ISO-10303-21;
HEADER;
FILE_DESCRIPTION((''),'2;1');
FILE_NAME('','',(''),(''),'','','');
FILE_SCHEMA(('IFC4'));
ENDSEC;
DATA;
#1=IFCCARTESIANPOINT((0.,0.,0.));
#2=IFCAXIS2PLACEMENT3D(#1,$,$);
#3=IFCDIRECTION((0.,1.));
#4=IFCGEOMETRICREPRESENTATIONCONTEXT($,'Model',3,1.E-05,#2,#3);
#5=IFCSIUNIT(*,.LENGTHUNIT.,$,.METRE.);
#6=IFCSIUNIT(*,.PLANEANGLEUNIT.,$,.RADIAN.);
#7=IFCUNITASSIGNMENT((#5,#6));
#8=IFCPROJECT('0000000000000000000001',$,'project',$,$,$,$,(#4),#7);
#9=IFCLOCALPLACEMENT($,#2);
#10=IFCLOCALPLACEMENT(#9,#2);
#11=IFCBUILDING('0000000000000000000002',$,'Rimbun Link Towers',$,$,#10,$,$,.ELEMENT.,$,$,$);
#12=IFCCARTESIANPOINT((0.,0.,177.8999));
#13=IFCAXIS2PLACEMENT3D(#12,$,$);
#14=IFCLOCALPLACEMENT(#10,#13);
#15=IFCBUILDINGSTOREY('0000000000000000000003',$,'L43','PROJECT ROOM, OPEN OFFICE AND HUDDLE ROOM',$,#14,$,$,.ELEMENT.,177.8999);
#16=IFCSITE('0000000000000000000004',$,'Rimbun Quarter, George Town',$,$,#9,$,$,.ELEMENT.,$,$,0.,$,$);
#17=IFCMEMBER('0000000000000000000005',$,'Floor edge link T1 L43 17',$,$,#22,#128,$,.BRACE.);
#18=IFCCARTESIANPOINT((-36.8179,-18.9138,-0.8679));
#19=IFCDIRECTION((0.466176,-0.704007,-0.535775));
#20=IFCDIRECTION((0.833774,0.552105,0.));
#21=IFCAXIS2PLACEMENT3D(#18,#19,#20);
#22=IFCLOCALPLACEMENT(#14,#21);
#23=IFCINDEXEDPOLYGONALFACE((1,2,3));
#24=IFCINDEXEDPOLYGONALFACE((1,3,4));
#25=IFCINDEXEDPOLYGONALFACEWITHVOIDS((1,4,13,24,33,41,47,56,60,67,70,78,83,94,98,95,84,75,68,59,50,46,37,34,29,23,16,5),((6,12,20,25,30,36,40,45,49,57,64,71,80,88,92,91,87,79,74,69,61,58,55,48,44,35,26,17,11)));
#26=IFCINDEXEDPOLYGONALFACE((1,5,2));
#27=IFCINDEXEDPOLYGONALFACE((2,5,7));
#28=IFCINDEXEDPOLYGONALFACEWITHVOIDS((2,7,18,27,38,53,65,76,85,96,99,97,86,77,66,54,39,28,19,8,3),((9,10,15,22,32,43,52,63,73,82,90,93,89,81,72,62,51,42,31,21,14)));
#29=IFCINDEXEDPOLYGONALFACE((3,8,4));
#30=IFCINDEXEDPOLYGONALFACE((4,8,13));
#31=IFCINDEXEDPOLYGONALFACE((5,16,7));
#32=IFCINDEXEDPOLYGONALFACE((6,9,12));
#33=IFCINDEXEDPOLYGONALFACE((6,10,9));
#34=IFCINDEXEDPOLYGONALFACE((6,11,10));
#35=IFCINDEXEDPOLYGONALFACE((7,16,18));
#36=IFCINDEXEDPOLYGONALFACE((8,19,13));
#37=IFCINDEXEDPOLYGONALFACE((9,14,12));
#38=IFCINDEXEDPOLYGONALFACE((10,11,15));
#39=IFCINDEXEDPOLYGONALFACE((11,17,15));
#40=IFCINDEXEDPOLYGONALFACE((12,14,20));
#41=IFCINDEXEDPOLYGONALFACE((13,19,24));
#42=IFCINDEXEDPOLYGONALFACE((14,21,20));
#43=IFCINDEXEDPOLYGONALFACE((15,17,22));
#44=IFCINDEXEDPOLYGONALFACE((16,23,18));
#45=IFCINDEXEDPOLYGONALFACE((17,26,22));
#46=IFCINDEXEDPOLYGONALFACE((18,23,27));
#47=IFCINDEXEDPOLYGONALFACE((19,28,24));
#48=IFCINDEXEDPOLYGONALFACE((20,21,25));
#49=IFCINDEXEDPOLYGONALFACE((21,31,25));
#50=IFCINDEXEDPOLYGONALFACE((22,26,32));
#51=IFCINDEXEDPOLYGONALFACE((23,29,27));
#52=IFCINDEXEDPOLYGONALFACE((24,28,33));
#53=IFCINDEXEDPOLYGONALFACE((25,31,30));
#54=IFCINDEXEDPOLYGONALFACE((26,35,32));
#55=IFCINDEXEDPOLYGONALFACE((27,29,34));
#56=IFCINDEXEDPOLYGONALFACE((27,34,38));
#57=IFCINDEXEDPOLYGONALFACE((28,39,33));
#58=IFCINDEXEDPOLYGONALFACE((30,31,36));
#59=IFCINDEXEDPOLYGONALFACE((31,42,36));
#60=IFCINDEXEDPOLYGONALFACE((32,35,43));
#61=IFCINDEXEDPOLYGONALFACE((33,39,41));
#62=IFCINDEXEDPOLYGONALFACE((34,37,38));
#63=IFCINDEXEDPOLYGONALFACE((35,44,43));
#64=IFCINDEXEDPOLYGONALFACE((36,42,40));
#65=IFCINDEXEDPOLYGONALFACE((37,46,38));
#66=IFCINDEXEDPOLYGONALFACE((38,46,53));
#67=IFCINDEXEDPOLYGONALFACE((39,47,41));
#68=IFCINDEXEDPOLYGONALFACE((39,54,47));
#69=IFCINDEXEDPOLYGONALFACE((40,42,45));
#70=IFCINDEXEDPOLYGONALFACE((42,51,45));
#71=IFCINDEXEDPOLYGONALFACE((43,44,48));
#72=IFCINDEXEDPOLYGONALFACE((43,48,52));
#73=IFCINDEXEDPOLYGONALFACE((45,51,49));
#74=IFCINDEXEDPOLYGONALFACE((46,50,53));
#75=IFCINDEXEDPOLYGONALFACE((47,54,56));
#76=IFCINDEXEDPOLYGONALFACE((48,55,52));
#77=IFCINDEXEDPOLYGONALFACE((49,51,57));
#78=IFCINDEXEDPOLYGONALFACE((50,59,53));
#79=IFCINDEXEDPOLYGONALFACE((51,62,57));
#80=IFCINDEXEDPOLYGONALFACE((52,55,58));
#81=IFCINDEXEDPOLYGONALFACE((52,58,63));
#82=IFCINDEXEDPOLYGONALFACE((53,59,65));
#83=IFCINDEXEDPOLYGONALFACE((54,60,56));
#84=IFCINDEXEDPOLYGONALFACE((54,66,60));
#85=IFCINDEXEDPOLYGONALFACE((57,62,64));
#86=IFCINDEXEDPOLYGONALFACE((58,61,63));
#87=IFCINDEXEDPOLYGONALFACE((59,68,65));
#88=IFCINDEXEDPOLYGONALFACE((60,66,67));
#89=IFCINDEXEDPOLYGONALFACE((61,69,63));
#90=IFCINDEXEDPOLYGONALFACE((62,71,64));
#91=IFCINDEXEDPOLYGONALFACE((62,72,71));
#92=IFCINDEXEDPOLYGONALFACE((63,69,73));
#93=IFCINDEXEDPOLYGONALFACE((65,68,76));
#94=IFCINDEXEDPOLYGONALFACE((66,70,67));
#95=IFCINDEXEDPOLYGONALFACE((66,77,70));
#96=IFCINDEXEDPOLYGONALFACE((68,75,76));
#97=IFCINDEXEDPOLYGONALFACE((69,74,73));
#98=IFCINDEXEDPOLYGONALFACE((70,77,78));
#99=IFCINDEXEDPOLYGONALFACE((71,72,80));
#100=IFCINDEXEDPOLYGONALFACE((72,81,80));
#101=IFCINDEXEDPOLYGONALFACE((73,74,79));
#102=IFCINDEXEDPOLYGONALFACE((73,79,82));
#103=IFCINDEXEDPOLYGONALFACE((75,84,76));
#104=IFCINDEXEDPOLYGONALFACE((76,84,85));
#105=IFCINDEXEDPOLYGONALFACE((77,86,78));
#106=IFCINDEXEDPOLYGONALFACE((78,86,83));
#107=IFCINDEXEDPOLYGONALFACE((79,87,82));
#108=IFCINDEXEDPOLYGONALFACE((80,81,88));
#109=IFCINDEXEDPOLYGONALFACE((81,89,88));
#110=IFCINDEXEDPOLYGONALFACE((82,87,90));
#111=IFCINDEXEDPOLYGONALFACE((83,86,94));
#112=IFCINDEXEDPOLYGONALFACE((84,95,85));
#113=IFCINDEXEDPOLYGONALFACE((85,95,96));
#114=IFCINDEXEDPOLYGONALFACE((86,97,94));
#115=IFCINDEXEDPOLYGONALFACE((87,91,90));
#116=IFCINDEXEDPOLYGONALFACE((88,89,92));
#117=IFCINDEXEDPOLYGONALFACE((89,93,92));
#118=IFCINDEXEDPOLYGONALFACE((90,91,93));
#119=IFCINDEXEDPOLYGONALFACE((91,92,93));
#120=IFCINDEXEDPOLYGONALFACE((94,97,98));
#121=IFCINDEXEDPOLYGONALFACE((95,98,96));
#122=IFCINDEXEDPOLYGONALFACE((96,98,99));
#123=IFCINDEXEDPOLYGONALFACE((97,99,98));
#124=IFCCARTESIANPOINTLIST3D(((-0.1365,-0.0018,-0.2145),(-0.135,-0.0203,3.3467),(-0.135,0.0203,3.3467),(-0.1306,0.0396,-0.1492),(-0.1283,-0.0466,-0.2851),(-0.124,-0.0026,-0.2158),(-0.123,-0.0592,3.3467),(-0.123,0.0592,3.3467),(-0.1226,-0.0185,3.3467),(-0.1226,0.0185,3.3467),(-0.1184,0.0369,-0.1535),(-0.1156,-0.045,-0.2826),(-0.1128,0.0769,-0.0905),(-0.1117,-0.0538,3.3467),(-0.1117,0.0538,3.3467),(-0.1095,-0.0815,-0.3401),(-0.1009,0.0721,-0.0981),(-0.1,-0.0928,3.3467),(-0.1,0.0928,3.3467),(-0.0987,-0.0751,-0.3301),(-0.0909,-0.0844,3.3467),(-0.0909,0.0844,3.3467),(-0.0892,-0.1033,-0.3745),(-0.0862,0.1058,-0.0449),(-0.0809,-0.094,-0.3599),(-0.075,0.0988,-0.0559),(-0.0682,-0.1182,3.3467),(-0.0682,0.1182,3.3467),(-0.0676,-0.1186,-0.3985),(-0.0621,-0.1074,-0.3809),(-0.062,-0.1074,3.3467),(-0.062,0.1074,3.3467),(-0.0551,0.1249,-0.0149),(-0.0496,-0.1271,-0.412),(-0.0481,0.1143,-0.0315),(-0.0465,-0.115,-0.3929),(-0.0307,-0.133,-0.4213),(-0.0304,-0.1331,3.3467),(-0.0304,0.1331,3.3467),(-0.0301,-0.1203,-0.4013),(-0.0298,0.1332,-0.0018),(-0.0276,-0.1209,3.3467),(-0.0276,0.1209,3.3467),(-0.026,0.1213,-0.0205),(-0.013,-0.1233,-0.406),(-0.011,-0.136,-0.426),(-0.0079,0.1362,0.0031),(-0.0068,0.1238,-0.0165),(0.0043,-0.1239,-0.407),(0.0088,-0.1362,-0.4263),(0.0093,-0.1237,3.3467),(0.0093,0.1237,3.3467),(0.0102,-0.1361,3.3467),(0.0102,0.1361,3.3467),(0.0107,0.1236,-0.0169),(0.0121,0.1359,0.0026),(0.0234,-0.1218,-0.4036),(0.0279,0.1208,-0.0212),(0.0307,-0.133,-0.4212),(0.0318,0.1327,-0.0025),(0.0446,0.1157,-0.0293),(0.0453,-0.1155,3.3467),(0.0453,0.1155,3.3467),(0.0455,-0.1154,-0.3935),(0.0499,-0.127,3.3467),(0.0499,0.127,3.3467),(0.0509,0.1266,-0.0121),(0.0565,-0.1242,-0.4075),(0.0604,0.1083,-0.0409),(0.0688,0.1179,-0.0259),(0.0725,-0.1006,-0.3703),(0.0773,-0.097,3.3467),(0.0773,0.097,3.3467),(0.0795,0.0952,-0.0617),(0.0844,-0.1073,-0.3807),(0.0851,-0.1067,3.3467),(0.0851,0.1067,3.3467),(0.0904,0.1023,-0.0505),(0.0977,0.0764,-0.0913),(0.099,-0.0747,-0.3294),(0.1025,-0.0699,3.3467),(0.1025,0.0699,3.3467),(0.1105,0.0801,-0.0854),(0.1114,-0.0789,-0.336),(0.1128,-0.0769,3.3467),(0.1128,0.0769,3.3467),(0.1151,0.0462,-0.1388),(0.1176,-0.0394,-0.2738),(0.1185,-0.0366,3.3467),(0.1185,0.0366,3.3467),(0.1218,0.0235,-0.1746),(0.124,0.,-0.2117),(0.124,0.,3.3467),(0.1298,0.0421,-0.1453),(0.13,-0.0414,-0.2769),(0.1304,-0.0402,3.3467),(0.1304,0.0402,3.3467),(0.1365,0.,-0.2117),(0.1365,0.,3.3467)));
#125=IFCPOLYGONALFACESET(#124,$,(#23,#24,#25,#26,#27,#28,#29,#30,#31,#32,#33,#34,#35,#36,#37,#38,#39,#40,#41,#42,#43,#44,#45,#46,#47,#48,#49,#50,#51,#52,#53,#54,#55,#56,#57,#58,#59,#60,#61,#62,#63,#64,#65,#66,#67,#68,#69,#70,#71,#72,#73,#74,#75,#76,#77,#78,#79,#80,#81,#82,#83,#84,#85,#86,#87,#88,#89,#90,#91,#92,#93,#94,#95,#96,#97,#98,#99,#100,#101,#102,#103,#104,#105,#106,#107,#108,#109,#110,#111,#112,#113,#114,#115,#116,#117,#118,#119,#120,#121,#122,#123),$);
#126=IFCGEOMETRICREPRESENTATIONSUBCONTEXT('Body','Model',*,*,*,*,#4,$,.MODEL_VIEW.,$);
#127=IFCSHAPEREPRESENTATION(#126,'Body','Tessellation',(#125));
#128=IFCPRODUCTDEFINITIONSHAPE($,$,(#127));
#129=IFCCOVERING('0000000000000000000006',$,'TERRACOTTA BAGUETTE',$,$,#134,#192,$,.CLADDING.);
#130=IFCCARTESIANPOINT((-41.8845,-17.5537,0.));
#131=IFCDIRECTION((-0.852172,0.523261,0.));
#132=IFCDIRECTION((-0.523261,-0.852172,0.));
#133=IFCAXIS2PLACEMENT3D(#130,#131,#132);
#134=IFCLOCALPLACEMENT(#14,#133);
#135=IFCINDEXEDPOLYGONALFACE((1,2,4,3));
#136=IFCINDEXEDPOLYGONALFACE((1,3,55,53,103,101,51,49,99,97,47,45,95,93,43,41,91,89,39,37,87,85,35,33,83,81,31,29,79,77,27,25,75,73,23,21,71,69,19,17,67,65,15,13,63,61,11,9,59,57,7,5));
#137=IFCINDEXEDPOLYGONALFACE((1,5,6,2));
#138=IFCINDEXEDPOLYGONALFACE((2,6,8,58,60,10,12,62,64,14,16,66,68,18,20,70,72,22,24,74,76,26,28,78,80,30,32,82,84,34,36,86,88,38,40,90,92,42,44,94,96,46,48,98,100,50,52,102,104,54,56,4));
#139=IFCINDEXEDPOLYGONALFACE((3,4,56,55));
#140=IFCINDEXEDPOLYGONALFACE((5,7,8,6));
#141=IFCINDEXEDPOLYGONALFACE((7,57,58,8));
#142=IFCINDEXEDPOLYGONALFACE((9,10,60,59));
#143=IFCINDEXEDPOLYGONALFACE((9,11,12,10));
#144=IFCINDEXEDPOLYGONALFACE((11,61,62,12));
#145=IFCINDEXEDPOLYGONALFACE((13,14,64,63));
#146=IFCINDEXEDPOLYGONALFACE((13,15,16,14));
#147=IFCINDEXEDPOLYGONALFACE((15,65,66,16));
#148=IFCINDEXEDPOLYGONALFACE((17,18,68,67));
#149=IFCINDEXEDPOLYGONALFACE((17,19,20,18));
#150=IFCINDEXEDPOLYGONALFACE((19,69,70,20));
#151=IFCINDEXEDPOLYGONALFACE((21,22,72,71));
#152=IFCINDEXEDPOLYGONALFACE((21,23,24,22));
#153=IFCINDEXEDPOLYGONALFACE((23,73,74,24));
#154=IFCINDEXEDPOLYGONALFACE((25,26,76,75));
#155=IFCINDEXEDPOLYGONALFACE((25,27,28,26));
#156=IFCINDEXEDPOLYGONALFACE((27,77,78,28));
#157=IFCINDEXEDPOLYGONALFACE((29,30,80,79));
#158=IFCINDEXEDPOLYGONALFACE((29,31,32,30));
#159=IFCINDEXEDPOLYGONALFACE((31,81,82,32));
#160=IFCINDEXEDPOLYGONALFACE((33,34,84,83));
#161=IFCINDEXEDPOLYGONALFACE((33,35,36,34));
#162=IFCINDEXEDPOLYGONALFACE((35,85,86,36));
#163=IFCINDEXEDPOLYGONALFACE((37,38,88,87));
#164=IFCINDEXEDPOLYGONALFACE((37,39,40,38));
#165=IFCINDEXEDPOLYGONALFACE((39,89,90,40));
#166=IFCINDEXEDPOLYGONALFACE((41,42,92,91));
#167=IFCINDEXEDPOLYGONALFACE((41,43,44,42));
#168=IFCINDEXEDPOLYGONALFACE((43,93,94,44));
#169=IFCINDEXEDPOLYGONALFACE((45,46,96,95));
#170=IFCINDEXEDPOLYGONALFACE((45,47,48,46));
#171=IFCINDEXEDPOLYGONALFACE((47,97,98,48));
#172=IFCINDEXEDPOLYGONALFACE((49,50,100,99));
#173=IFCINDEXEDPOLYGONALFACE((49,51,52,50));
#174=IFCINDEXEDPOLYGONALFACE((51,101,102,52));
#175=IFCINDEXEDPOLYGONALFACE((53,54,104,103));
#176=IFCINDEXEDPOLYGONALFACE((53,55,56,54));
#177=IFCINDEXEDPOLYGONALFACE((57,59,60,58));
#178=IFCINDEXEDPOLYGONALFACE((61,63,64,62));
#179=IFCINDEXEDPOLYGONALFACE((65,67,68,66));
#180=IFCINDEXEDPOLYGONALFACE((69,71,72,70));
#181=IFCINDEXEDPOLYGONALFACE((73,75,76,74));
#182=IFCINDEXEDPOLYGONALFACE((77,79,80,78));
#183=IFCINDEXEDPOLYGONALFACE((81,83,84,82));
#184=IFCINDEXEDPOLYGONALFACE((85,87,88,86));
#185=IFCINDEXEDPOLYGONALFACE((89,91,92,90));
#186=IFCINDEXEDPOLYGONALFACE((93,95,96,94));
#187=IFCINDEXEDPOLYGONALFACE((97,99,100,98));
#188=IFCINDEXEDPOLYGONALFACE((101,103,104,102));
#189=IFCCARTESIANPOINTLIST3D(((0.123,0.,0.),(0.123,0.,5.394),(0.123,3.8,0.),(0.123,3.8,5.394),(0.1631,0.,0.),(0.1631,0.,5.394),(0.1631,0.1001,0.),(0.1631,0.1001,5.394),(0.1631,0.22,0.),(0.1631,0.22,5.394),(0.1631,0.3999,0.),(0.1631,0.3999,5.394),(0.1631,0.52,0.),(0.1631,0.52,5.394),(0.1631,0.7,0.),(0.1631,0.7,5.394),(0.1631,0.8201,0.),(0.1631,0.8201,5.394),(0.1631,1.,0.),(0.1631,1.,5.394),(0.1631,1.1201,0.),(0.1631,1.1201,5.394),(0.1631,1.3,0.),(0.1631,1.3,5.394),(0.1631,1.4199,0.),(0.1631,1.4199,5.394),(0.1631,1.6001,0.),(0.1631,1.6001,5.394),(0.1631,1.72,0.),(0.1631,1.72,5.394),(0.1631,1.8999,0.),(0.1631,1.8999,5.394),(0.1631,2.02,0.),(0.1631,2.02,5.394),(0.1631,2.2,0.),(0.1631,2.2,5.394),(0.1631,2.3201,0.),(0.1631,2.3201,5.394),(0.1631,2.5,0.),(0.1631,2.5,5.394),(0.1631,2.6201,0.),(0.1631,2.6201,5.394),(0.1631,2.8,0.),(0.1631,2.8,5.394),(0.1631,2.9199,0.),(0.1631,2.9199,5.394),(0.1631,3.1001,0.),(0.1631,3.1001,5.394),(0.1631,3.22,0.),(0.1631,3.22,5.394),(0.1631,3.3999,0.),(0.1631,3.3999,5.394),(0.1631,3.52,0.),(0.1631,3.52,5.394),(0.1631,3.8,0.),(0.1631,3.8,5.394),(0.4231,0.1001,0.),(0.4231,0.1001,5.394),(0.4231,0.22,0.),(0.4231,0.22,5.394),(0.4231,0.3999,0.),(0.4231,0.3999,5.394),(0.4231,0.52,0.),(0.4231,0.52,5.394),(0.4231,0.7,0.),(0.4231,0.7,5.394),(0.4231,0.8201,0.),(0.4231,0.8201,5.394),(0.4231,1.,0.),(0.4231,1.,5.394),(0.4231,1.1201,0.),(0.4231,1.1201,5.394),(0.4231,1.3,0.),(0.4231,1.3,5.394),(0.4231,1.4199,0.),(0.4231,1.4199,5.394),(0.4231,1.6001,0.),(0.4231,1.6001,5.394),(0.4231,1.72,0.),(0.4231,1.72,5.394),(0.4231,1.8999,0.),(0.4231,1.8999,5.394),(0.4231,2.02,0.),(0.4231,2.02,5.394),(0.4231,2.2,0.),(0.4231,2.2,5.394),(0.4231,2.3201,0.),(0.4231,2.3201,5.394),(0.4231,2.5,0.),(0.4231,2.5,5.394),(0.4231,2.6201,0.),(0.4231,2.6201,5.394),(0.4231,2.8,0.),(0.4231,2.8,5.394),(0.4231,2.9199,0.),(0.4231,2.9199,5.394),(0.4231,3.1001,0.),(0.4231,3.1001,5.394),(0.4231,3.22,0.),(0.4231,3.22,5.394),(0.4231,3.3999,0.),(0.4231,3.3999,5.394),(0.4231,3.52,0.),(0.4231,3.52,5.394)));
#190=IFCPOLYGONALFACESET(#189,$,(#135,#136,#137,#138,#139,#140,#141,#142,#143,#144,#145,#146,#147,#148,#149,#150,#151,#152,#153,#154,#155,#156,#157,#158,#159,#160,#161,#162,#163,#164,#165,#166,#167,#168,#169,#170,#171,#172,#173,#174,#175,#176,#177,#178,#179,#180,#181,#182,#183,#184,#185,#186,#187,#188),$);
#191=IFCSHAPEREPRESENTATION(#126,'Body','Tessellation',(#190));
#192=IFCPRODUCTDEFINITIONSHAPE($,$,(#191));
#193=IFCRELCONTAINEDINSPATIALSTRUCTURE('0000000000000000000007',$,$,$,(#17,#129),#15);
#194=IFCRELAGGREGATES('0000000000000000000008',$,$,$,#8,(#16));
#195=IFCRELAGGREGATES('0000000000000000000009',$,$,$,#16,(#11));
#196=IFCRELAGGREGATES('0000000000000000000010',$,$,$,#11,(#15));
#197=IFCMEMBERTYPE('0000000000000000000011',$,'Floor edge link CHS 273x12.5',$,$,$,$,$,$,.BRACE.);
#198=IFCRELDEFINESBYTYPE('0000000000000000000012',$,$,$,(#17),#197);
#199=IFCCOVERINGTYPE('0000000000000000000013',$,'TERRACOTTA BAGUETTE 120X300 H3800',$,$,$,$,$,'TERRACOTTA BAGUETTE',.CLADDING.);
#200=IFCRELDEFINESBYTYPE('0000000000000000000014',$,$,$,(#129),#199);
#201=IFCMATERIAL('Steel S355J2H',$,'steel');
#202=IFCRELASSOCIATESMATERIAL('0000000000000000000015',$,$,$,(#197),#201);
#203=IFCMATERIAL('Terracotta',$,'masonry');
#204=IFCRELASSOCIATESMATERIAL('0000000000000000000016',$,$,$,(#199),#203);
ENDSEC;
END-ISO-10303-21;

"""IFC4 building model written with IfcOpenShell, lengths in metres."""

from ifc_helpers import new_model, si_unit, direction, frame, origin, origin_2d, place, context, subcontext, project, spatial, polyline, hollow_circle, outline, extrude, clip, halfspace, material, material_profile, profile_set, type_object, element, save


model = new_model("IFC4")

# Units and contexts
model_context = context("Model", 3, precision=1e-05, world=origin(), true_north=direction((0.0, 1.0)))
body_context = subcontext(model_context, "Body", "Model", "MODEL_VIEW")
ifc_project = project(units=[si_unit("LENGTHUNIT", "METRE"), si_unit("PLANEANGLEUNIT", "RADIAN")], contexts=[model_context])

# Site, building, storey
site_placement = place(None, origin())
site = spatial("IfcSite", under=ifc_project, at=site_placement, Name="Rimbun Quarter, George Town", CompositionType="ELEMENT", RefElevation=0.0)
building_placement = place(site_placement, origin())
building = spatial("IfcBuilding", under=site, at=building_placement, Name="Rimbun Link Towers", CompositionType="ELEMENT")
storey_placement = place(building_placement, frame((0.0, 0.0, 177.8999)))
storey = spatial("IfcBuildingStorey", under=building, at=storey_placement, Name="L43", Description="PROJECT ROOM, OPEN OFFICE AND HUDDLE ROOM", CompositionType="ELEMENT", Elevation=177.8999)

# Member
ifc_material_1 = material(Name="Steel S355J2H", Category="steel")
ifc_material_profile_1 = material_profile(ifc_material_1, hollow_circle(Radius=0.1365, WallThickness=0.0125, at=origin_2d()), Name="CHS 273x12.5")
ifc_profile_set_1 = profile_set([ifc_material_profile_1], Name="Steel S355J2H")
member_type_1 = type_object("IfcMemberType", Name="Floor edge link CHS 273x12.5", PredefinedType="BRACE", material=ifc_profile_set_1)
member_1_placement = place(storey_placement, frame((-36.8179, -18.9138, -0.8679), z_axis=(0.466176, -0.704007, -0.535775), x_axis=(0.833774, 0.552105, 0.0)))
element("IfcMember", 1, at=member_1_placement, inside=storey, type_object=member_type_1, Name="Floor edge link T1 L43 17", PredefinedType="BRACE", context=body_context, shape_type="Clipping", body=[
    clip(extrude(hollow_circle(Radius=0.1365, WallThickness=0.0125, at=origin_2d()), frame((0.0, 0.0, -0.4487)), (0.0, 0.0, 1.0), 3.7954), halfspace(frame((0.0, 0.0, -0.2117), z_axis=(0.0, 0.844361, -0.535775)), False)),
])

# Covering
ifc_material_2 = material(Name="Terracotta", Category="masonry")
ifc_material_profile_2 = material_profile(ifc_material_2, outline(polyline([(0.123, 0.0), (0.1631, 0.0), (0.1631, 0.1001), (0.4231, 0.1001), (0.4231, 0.22), (0.1631, 0.22), (0.1631, 0.3999), (0.4231, 0.3999), (0.4231, 0.52), (0.1631, 0.52), (0.1631, 0.7), (0.4231, 0.7), (0.4231, 0.8201), (0.1631, 0.8201), (0.1631, 1.0), (0.4231, 1.0), (0.4231, 1.1201), (0.1631, 1.1201), (0.1631, 1.3), (0.4231, 1.3), (0.4231, 1.4199), (0.1631, 1.4199), (0.1631, 1.6001), (0.4231, 1.6001), (0.4231, 1.72), (0.1631, 1.72), (0.1631, 1.8999), (0.4231, 1.8999), (0.4231, 2.02), (0.1631, 2.02), (0.1631, 2.2), (0.4231, 2.2), (0.4231, 2.3201), (0.1631, 2.3201), (0.1631, 2.5), (0.4231, 2.5), (0.4231, 2.6201), (0.1631, 2.6201), (0.1631, 2.8), (0.4231, 2.8), (0.4231, 2.9199), (0.1631, 2.9199), (0.1631, 3.1001), (0.4231, 3.1001), (0.4231, 3.22), (0.1631, 3.22), (0.1631, 3.3999), (0.4231, 3.3999), (0.4231, 3.52), (0.1631, 3.52), (0.1631, 3.8), (0.123, 3.8), (0.123, 0.0)])), Name="BAGUETTE 120X300")
ifc_profile_set_2 = profile_set([ifc_material_profile_2], Name="Terracotta")
covering_type = type_object("IfcCoveringType", Name="TERRACOTTA BAGUETTE 120X300 H3800", ElementType="TERRACOTTA BAGUETTE", PredefinedType="CLADDING", material=ifc_profile_set_2)
covering_1_placement = place(storey_placement, frame((-41.8845, -17.5537, 0.0), z_axis=(-0.852172, 0.523261, 0.0), x_axis=(-0.523261, -0.852172, 0.0)))
element("IfcCovering", 2, at=covering_1_placement, inside=storey, type_object=covering_type, Name="TERRACOTTA BAGUETTE", PredefinedType="CLADDING", context=body_context, shape_type="SweptSolid", body=[
    extrude(outline(polyline([(0.123, 0.0), (0.1631, 0.0), (0.1631, 0.1001), (0.4231, 0.1001), (0.4231, 0.22), (0.1631, 0.22), (0.1631, 0.3999), (0.4231, 0.3999), (0.4231, 0.52), (0.1631, 0.52), (0.1631, 0.7), (0.4231, 0.7), (0.4231, 0.8201), (0.1631, 0.8201), (0.1631, 1.0), (0.4231, 1.0), (0.4231, 1.1201), (0.1631, 1.1201), (0.1631, 1.3), (0.4231, 1.3), (0.4231, 1.4199), (0.1631, 1.4199), (0.1631, 1.6001), (0.4231, 1.6001), (0.4231, 1.72), (0.1631, 1.72), (0.1631, 1.8999), (0.4231, 1.8999), (0.4231, 2.02), (0.1631, 2.02), (0.1631, 2.2), (0.4231, 2.2), (0.4231, 2.3201), (0.1631, 2.3201), (0.1631, 2.5), (0.4231, 2.5), (0.4231, 2.6201), (0.1631, 2.6201), (0.1631, 2.8), (0.4231, 2.8), (0.4231, 2.9199), (0.1631, 2.9199), (0.1631, 3.1001), (0.4231, 3.1001), (0.4231, 3.22), (0.1631, 3.22), (0.1631, 3.3999), (0.4231, 3.3999), (0.4231, 3.52), (0.1631, 3.52), (0.1631, 3.8), (0.123, 3.8), (0.123, 0.0)])), origin(), (0.0, 0.0, 1.0), 5.394),
])

save(model, "model.ifc")
